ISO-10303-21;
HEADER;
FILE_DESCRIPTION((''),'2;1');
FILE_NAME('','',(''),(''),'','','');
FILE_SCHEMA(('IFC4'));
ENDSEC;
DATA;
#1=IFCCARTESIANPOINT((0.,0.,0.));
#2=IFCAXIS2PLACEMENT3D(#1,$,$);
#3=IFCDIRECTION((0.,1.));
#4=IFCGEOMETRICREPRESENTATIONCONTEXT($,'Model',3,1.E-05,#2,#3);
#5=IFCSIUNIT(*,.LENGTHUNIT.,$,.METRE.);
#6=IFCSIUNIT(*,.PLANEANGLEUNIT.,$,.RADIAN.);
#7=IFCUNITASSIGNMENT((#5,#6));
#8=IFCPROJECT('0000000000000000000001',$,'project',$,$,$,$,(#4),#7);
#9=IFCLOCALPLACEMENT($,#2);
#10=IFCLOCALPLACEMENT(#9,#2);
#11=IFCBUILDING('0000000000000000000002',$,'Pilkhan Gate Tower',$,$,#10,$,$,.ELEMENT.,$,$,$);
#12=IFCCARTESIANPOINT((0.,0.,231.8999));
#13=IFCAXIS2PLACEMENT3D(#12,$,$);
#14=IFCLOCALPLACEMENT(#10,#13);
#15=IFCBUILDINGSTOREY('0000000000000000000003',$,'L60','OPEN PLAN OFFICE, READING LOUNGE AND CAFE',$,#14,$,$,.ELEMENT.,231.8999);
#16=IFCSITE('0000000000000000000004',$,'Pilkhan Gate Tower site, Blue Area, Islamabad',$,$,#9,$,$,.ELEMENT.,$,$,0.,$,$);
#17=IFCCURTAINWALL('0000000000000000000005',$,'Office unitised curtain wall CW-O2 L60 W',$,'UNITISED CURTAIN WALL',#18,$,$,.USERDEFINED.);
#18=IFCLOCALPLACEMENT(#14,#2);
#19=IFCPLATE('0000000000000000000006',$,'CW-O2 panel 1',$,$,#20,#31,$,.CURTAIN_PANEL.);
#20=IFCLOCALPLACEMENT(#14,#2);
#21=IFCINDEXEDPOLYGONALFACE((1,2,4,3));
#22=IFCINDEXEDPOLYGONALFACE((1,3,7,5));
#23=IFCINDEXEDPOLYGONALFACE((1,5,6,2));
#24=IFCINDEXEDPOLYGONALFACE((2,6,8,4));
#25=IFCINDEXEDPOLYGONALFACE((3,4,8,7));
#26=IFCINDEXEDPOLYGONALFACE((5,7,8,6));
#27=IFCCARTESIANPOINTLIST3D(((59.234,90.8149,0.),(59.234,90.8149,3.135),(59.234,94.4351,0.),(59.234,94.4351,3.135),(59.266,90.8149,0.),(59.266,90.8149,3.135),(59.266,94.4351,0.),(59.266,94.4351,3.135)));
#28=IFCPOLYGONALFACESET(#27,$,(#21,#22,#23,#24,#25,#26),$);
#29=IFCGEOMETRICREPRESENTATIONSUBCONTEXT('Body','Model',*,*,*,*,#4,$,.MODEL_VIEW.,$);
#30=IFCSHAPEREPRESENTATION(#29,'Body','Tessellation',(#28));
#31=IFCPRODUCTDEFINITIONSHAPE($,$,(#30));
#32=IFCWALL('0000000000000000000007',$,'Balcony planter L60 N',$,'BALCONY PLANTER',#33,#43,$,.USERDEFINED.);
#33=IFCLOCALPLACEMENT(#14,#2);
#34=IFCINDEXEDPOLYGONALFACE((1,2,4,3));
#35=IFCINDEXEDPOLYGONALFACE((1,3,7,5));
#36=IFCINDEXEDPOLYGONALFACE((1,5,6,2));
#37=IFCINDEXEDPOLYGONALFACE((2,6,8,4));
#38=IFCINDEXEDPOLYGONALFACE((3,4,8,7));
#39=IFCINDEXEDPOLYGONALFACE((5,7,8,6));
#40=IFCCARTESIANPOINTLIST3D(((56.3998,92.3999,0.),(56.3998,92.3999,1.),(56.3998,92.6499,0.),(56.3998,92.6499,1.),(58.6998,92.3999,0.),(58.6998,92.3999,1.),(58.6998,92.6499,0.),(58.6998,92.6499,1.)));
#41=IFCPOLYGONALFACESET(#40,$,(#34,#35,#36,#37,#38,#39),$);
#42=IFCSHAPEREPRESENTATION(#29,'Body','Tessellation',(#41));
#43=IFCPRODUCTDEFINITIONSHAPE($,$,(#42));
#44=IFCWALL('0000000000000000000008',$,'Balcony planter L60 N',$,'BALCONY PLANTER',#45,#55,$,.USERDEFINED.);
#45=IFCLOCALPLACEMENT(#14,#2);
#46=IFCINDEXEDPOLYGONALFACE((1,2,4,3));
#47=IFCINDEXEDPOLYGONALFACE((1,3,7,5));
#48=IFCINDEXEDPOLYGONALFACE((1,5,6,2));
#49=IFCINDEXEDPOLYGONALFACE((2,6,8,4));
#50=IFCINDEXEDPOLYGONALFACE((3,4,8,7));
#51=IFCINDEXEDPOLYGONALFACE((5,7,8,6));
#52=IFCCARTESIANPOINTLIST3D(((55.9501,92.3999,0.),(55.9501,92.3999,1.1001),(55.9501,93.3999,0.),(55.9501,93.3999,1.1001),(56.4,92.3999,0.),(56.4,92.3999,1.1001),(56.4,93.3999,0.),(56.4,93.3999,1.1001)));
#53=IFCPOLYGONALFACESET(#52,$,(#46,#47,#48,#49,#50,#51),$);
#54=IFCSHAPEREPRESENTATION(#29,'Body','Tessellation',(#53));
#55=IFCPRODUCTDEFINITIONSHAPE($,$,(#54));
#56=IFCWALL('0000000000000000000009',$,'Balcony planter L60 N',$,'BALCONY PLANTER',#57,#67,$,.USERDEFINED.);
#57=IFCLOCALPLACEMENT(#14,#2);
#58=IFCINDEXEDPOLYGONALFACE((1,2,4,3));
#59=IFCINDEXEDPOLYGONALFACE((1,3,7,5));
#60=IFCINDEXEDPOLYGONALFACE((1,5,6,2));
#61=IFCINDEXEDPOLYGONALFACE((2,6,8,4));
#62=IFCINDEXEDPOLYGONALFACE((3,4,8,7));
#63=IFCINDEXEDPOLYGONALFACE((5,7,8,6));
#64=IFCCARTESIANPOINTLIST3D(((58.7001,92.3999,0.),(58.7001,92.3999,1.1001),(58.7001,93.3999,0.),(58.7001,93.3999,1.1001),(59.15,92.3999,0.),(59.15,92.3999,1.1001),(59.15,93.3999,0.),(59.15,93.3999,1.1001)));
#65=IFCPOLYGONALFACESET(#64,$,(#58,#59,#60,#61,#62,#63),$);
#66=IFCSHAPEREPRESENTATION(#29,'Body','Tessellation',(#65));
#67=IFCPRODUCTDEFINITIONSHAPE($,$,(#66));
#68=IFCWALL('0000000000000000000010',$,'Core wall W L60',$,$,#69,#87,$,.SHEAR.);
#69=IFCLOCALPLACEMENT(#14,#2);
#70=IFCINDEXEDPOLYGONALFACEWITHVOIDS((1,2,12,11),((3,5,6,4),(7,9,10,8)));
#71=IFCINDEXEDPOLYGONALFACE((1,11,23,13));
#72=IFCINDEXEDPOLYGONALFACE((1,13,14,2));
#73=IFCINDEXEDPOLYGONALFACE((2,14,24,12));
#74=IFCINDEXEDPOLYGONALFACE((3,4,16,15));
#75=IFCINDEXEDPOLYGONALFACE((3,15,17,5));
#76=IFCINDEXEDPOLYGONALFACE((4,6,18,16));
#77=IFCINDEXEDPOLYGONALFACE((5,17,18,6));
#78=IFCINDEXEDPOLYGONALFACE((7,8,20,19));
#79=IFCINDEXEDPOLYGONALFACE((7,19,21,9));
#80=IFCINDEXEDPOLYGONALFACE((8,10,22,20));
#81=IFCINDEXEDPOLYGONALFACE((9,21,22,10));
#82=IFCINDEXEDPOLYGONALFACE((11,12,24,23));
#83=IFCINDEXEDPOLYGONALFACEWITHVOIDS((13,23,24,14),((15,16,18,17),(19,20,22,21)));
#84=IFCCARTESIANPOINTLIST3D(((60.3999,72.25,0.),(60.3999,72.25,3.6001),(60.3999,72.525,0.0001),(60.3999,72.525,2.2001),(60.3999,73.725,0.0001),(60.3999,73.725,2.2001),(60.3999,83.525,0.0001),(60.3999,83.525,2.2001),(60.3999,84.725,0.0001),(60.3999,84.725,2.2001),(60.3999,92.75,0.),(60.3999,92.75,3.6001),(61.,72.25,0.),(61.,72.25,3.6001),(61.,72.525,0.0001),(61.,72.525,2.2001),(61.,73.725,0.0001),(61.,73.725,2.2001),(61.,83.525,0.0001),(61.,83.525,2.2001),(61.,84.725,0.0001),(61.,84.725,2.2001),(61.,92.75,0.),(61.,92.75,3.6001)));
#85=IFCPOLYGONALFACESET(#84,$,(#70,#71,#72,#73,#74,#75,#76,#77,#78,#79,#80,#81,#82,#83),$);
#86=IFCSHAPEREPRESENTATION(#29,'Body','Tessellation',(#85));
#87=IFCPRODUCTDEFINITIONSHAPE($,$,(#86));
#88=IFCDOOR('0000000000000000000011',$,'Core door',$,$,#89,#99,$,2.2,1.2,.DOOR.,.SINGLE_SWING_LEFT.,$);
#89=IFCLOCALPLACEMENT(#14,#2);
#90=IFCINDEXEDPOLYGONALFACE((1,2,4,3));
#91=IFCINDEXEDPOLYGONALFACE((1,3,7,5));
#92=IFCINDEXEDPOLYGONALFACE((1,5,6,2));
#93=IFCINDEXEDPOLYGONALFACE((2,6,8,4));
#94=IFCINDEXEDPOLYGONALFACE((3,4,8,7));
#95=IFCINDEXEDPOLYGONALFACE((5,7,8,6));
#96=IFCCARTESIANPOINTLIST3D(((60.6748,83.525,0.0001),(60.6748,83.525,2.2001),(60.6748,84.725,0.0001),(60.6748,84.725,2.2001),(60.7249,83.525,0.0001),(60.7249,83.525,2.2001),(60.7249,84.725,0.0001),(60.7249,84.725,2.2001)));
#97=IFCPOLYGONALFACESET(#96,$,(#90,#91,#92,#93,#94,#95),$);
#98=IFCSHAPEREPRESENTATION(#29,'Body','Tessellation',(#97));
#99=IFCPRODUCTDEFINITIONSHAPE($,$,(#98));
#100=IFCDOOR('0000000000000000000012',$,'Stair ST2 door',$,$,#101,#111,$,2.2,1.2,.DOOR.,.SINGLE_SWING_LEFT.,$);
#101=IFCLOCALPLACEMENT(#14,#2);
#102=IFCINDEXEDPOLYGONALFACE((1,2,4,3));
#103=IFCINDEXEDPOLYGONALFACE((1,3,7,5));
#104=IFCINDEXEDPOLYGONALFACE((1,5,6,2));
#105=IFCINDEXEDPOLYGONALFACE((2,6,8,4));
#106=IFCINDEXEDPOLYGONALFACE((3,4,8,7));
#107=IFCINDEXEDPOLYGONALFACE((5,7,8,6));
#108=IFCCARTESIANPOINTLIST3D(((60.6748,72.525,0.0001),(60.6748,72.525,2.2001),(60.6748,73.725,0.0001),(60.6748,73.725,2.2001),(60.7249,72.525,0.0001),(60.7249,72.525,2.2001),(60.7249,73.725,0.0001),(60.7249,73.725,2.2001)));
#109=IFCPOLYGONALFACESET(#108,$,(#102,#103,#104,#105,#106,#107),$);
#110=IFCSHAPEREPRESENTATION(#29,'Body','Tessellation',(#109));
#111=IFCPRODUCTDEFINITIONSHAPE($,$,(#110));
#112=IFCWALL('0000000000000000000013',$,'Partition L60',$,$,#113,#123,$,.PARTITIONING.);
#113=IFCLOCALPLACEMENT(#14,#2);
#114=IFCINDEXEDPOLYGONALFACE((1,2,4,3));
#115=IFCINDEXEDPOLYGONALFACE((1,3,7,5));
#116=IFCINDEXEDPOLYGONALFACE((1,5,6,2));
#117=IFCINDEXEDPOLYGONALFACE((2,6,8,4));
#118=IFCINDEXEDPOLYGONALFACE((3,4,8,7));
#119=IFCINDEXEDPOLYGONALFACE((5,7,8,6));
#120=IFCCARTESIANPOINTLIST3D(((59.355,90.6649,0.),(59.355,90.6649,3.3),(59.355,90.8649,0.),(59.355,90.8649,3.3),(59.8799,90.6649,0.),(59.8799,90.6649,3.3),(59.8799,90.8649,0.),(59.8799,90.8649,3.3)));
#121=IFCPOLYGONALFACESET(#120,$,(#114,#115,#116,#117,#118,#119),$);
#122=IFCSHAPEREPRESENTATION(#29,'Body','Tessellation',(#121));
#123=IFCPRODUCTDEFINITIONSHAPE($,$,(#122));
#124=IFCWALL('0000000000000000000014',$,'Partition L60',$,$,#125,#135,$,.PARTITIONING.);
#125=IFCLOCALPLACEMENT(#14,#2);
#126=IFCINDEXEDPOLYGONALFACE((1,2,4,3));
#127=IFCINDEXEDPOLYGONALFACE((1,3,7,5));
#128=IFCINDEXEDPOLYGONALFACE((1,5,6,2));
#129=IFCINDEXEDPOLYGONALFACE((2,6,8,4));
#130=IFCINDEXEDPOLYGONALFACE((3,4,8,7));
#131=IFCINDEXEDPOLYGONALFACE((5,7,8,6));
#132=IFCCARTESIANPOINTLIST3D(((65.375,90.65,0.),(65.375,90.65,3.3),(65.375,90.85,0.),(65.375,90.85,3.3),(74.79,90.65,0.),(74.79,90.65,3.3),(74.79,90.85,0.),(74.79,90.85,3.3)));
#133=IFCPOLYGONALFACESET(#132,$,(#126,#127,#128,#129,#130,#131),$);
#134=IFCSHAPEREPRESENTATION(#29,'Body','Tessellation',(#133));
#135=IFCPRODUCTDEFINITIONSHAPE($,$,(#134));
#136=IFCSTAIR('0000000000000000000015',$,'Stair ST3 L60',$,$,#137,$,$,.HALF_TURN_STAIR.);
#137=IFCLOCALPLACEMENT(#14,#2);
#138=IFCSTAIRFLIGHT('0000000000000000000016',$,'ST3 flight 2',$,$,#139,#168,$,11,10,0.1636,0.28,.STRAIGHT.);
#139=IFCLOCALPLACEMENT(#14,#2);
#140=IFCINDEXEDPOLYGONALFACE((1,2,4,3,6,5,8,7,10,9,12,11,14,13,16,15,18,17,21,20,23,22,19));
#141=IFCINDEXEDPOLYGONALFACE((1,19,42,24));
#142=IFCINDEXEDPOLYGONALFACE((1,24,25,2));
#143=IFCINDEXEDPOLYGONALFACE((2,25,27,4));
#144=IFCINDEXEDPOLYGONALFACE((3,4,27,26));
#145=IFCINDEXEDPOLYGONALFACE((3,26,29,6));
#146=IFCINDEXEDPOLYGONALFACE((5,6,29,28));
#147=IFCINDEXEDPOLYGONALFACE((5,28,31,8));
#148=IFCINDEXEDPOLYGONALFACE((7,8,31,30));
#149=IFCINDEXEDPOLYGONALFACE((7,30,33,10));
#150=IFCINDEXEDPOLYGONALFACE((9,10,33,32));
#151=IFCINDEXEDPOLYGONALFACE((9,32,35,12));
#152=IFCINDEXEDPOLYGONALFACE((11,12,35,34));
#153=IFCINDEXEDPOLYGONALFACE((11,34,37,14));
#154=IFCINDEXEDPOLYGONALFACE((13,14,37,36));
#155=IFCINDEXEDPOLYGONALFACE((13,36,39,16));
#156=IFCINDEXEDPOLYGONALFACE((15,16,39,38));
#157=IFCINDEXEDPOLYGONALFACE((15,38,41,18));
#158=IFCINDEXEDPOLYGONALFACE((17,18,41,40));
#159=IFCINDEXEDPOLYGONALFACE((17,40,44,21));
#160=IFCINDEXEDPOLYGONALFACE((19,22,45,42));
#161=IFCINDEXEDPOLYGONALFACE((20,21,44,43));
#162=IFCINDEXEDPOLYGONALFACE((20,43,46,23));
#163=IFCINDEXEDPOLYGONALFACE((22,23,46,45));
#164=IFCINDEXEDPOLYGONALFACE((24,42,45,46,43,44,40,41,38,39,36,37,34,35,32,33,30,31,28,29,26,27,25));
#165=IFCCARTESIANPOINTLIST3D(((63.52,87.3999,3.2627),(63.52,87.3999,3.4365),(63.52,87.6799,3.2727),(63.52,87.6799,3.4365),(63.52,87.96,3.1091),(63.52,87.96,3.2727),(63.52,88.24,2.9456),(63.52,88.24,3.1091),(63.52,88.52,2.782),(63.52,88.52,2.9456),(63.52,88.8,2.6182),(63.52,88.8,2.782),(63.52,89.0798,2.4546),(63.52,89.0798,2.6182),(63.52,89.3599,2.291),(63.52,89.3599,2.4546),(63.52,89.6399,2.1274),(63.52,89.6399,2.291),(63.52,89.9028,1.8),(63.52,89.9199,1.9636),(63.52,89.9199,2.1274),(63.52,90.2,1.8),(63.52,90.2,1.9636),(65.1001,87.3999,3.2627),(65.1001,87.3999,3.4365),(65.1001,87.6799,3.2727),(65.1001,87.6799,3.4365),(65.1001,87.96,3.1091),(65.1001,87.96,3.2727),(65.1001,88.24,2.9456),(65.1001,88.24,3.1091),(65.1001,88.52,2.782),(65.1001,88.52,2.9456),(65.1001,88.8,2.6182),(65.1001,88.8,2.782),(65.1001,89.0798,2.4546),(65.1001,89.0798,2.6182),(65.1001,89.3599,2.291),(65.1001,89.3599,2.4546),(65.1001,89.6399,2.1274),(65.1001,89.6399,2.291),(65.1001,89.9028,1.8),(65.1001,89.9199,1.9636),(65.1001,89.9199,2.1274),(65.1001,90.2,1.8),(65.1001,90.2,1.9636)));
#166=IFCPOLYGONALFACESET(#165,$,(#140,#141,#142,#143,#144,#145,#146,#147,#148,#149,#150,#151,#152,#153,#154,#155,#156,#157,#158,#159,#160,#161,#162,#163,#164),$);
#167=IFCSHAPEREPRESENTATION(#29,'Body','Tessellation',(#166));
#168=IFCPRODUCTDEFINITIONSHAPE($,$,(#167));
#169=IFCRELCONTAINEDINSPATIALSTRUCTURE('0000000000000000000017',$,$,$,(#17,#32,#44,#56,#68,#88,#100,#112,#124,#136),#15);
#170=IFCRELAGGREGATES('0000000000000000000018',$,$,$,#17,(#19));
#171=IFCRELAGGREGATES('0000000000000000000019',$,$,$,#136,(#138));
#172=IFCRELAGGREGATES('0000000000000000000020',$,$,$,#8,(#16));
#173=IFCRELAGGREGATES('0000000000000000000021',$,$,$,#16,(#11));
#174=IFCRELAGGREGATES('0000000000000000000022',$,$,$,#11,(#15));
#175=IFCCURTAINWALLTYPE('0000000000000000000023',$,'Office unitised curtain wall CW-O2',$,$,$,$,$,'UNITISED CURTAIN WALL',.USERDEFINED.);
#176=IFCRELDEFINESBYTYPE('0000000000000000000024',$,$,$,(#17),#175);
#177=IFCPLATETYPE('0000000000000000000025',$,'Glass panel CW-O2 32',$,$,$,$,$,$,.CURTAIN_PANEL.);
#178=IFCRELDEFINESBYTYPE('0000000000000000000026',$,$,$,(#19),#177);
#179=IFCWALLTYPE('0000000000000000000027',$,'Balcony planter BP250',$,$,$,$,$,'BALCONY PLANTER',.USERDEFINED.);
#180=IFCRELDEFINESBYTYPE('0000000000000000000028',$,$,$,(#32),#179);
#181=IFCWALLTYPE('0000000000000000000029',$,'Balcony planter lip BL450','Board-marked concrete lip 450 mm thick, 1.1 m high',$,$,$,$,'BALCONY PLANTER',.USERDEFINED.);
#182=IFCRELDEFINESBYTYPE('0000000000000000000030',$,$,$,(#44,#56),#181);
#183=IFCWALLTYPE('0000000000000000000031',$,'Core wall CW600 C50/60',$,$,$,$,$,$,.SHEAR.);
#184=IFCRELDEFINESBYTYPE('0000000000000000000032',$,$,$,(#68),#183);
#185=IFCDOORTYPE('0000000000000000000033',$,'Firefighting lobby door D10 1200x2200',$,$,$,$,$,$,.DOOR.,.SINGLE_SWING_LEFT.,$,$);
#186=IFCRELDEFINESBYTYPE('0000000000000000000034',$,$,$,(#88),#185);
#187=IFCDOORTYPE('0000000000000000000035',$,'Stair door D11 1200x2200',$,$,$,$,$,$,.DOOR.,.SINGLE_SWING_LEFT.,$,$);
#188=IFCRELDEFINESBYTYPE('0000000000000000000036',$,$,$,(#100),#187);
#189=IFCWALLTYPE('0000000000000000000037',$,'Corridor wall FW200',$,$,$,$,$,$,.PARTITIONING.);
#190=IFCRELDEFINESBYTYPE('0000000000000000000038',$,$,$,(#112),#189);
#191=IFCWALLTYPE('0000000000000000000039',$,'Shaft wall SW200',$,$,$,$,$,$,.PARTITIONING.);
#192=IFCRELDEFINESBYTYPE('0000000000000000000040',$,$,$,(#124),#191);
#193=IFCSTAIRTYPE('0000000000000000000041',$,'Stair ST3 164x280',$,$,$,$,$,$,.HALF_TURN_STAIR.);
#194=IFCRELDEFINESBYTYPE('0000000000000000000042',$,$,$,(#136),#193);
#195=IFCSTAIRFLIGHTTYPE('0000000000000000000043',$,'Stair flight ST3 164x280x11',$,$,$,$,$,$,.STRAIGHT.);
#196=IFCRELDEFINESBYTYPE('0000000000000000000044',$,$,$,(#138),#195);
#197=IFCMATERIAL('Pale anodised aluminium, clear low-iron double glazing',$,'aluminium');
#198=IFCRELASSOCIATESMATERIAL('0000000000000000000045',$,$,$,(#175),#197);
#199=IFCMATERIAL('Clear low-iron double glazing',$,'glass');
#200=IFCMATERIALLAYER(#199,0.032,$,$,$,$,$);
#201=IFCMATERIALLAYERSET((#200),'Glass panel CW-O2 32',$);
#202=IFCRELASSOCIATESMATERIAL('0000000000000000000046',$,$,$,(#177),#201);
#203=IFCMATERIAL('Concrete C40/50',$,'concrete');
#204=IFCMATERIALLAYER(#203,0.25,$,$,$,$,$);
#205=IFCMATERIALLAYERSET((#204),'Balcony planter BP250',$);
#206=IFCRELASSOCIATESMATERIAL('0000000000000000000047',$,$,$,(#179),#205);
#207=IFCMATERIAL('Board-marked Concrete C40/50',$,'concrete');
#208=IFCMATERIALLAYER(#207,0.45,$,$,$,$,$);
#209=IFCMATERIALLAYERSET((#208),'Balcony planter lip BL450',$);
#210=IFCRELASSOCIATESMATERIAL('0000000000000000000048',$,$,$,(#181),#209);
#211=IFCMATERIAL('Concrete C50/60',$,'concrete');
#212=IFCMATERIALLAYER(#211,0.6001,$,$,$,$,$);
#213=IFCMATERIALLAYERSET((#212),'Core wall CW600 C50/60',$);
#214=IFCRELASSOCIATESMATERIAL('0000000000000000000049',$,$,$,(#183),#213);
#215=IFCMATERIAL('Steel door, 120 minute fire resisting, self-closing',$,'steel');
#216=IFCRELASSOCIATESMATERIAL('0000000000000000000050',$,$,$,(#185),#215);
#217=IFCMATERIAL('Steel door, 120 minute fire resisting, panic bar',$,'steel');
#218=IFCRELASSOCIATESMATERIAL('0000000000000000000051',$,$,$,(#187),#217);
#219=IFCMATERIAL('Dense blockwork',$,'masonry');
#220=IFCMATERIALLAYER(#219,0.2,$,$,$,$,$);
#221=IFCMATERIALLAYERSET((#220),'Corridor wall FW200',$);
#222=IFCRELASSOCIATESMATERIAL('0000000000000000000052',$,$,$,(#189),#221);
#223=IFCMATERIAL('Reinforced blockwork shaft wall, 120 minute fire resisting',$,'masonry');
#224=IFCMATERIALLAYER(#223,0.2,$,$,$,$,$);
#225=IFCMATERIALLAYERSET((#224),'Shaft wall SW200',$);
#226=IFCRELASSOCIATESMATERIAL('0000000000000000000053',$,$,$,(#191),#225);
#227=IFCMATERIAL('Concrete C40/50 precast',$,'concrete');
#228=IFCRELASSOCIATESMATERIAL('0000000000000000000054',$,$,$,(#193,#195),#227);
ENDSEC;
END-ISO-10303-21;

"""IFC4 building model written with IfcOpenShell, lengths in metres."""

from ifc_helpers import new_model, si_unit, direction, frame, frame_2d, origin, origin_2d, place, context, subcontext, project, spatial, polyline, rectangle, outline, extrude, material, layer, layer_set, type_object, element, fill, aggregate, save


model = new_model("IFC4")

# Units and contexts
model_context = context("Model", 3, precision=1e-05, world=origin(), true_north=direction((0.0, 1.0)))
body_context = subcontext(model_context, "Body", "Model", "MODEL_VIEW")
ifc_project = project(units=[si_unit("LENGTHUNIT", "METRE"), si_unit("PLANEANGLEUNIT", "RADIAN")], contexts=[model_context])

# Site, building, storey
site_placement = place(None, origin())
site = spatial("IfcSite", under=ifc_project, at=site_placement, Name="Pilkhan Gate Tower site, Blue Area, Islamabad", CompositionType="ELEMENT", RefElevation=0.0)
building_placement = place(site_placement, origin())
building = spatial("IfcBuilding", under=site, at=building_placement, Name="Pilkhan Gate Tower", CompositionType="ELEMENT")
storey_placement = place(building_placement, frame((0.0, 0.0, 231.8999)))
storey = spatial("IfcBuildingStorey", under=building, at=storey_placement, Name="L60", Description="OPEN PLAN OFFICE, READING LOUNGE AND CAFE", CompositionType="ELEMENT", Elevation=231.8999)

# Shared definitions
ifc_material_1 = material(Name="Concrete C50/60", Category="concrete")

# Curtain wall
ifc_material_2 = material(Name="Pale anodised aluminium, clear low-iron double glazing", Category="aluminium")
curtain_wall_type = type_object("IfcCurtainWallType", Name="Office unitised curtain wall CW-O2", ElementType="UNITISED CURTAIN WALL", PredefinedType="USERDEFINED", material=ifc_material_2)
curtain_wall_1_placement = place(storey_placement, origin())
curtain_wall_1 = element("IfcCurtainWall", 1, at=curtain_wall_1_placement, inside=storey, type_object=curtain_wall_type, Name="Office unitised curtain wall CW-O2 L60 W", ObjectType="UNITISED CURTAIN WALL", PredefinedType="USERDEFINED")

# Plate
ifc_material_3 = material(Name="Clear low-iron double glazing", Category="glass")
ifc_layer_1 = layer(ifc_material_3, 0.032)
ifc_layer_set_1 = layer_set([ifc_layer_1], Name="Glass panel CW-O2 32")
plate_type = type_object("IfcPlateType", Name="Glass panel CW-O2 32", PredefinedType="CURTAIN_PANEL", material=ifc_layer_set_1)
plate_1_placement = place(storey_placement, frame((59.25, 92.625, 0.0), z_axis=(0.0, 0.0, 1.0), x_axis=(0.0, 1.0, 0.0)))
plate_1 = element("IfcPlate", 2, at=plate_1_placement, type_object=plate_type, Name="CW-O2 panel 1", PredefinedType="CURTAIN_PANEL", context=body_context, shape_type="SweptSolid", body=[
    extrude(rectangle(XDim=3.6201, YDim=0.032, at=origin_2d()), origin(), (0.0, 0.0, 1.0), 3.135),
])
aggregate(curtain_wall_1, [plate_1])

# Walls
ifc_material_4 = material(Name="Concrete C40/50", Category="concrete")
ifc_layer_2 = layer(ifc_material_4, 0.25)
ifc_layer_set_2 = layer_set([ifc_layer_2], Name="Balcony planter BP250")
wall_type_1 = type_object("IfcWallType", Name="Balcony planter BP250", ElementType="BALCONY PLANTER", PredefinedType="USERDEFINED", material=ifc_layer_set_2)
wall_1_placement = place(storey_placement, frame((56.3999, 92.5249, 0.0), z_axis=(0.0, 0.0, 1.0), x_axis=(1.0, 0.0, 0.0)))
element("IfcWall", 3, at=wall_1_placement, inside=storey, type_object=wall_type_1, Name="Balcony planter L60 N", ObjectType="BALCONY PLANTER", PredefinedType="USERDEFINED", context=body_context, shape_type="SweptSolid", body=[
    extrude(rectangle(XDim=2.3, YDim=0.25, at=frame_2d((1.1499, 0.0))), origin(), (0.0, 0.0, 1.0), 1.0),
])
ifc_material_5 = material(Name="Board-marked Concrete C40/50", Category="concrete")
ifc_layer_3 = layer(ifc_material_5, 0.45)
ifc_layer_set_3 = layer_set([ifc_layer_3], Name="Balcony planter lip BL450")
wall_type_2 = type_object("IfcWallType", Name="Balcony planter lip BL450", Description="Board-marked concrete lip 450 mm thick, 1.1 m high", ElementType="BALCONY PLANTER", PredefinedType="USERDEFINED", material=ifc_layer_set_3)
for number, where, z_axis, x_axis, name in (
    (4, (56.175, 92.3999, 0.0), (0.0, 0.0, 1.0), (0.0, 1.0, 0.0), "Balcony planter L60 N"),
    (5, (58.925, 92.3999, 0.0), (0.0, 0.0, 1.0), (0.0, 1.0, 0.0), "Balcony planter L60 N"),
):
    element("IfcWall", number, at=place(storey_placement, frame(where, z_axis=z_axis, x_axis=x_axis)), inside=storey, type_object=wall_type_2, Name=name, ObjectType="BALCONY PLANTER", PredefinedType="USERDEFINED", context=body_context, shape_type="SweptSolid", body=[
        extrude(rectangle(XDim=1.0, YDim=0.45, at=frame_2d((0.5, 0.0))), origin(), (0.0, 0.0, 1.0), 1.1001),
    ])

# Wall, openings, doors
ifc_layer_4 = layer(ifc_material_1, 0.6001)
ifc_layer_set_4 = layer_set([ifc_layer_4], Name="Core wall CW600 C50/60")
wall_type_3 = type_object("IfcWallType", Name="Core wall CW600 C50/60", PredefinedType="SHEAR", material=ifc_layer_set_4)
wall_2_placement = place(storey_placement, frame((60.7, 92.75, 0.0), z_axis=(0.0, 0.0, 1.0), x_axis=(0.0, -1.0, 0.0)))
wall_2 = element("IfcWall", 6, at=wall_2_placement, inside=storey, type_object=wall_type_3, Name="Core wall W L60", PredefinedType="SHEAR", context=body_context, shape_type="SweptSolid", body=[
    extrude(rectangle(XDim=20.5, YDim=0.6001, at=frame_2d((10.25, 0.0))), origin(), (0.0, 0.0, 1.0), 3.6001),
])
opening_1_placement = place(wall_2_placement, frame((19.0249, 0.0, 0.0)))
opening_1 = element("IfcOpeningElement", 7, at=opening_1_placement, cuts=wall_2, PredefinedType="OPENING", context=body_context, shape_type="SweptSolid", body=[
    extrude(rectangle(XDim=1.2, YDim=2.2, at=frame_2d((0.6001, 1.1001))), frame((0.0, 0.3101, 0.0), z_axis=(0.0, -1.0, 0.0), x_axis=(1.0, 0.0, 0.0)), (0.0, 0.0, 1.0), 0.6201),
])
opening_2_placement = place(wall_2_placement, frame((8.0249, 0.0, 0.0)))
opening_2 = element("IfcOpeningElement", 8, at=opening_2_placement, cuts=wall_2, PredefinedType="OPENING", context=body_context, shape_type="SweptSolid", body=[
    extrude(rectangle(XDim=1.2, YDim=2.2, at=frame_2d((0.6001, 1.1001))), frame((0.0, 0.3101, 0.0), z_axis=(0.0, -1.0, 0.0), x_axis=(1.0, 0.0, 0.0)), (0.0, 0.0, 1.0), 0.6201),
])
ifc_material_6 = material(Name="Steel door, 120 minute fire resisting, self-closing", Category="steel")
door_type_1 = type_object("IfcDoorType", Name="Firefighting lobby door D10 1200x2200", OperationType="SINGLE_SWING_LEFT", PredefinedType="DOOR", material=ifc_material_6)
door_1_placement = place(opening_2_placement, origin())
door_1 = element("IfcDoor", 9, at=door_1_placement, inside=storey, type_object=door_type_1, Name="Core door", OperationType="SINGLE_SWING_LEFT", OverallHeight=2.2, OverallWidth=1.2, PredefinedType="DOOR", context=body_context, shape_type="SweptSolid", body=[
    extrude(rectangle(XDim=1.2, YDim=2.2, at=frame_2d((0.6001, 1.1001))), frame((0.0, 0.0249, 0.0), z_axis=(0.0, -1.0, 0.0), x_axis=(1.0, 0.0, 0.0)), (0.0, 0.0, 1.0), 0.05),
])
fill(opening_2, door_1)
ifc_material_7 = material(Name="Steel door, 120 minute fire resisting, panic bar", Category="steel")
door_type_2 = type_object("IfcDoorType", Name="Stair door D11 1200x2200", OperationType="SINGLE_SWING_LEFT", PredefinedType="DOOR", material=ifc_material_7)
door_2_placement = place(opening_1_placement, origin())
door_2 = element("IfcDoor", 10, at=door_2_placement, inside=storey, type_object=door_type_2, Name="Stair ST2 door", OperationType="SINGLE_SWING_LEFT", OverallHeight=2.2, OverallWidth=1.2, PredefinedType="DOOR", context=body_context, shape_type="SweptSolid", body=[
    extrude(rectangle(XDim=1.2, YDim=2.2, at=frame_2d((0.6001, 1.1001))), frame((0.0, 0.0249, 0.0), z_axis=(0.0, -1.0, 0.0), x_axis=(1.0, 0.0, 0.0)), (0.0, 0.0, 1.0), 0.05),
])
fill(opening_1, door_2)

# Wall
ifc_material_8 = material(Name="Dense blockwork", Category="masonry")
ifc_layer_5 = layer(ifc_material_8, 0.2)
ifc_layer_set_5 = layer_set([ifc_layer_5], Name="Corridor wall FW200")
wall_type_4 = type_object("IfcWallType", Name="Corridor wall FW200", PredefinedType="PARTITIONING", material=ifc_layer_set_5)
wall_3_placement = place(storey_placement, frame((59.355, 90.7649, 0.0), z_axis=(0.0, 0.0, 1.0), x_axis=(1.0, 0.0, 0.0)))
element("IfcWall", 11, at=wall_3_placement, inside=storey, type_object=wall_type_4, Name="Partition L60", PredefinedType="PARTITIONING", context=body_context, shape_type="SweptSolid", body=[
    extrude(rectangle(XDim=0.5249, YDim=0.2, at=frame_2d((0.2625, 0.0))), origin(), (0.0, 0.0, 1.0), 3.3),
])

# Wall
ifc_material_9 = material(Name="Reinforced blockwork shaft wall, 120 minute fire resisting", Category="masonry")
ifc_layer_6 = layer(ifc_material_9, 0.2)
ifc_layer_set_6 = layer_set([ifc_layer_6], Name="Shaft wall SW200")
wall_type_5 = type_object("IfcWallType", Name="Shaft wall SW200", PredefinedType="PARTITIONING", material=ifc_layer_set_6)
wall_4_placement = place(storey_placement, frame((65.375, 90.75, 0.0), z_axis=(0.0, 0.0, 1.0), x_axis=(1.0, 0.0, 0.0)))
element("IfcWall", 12, at=wall_4_placement, inside=storey, type_object=wall_type_5, Name="Partition L60", PredefinedType="PARTITIONING", context=body_context, shape_type="SweptSolid", body=[
    extrude(rectangle(XDim=9.415, YDim=0.2, at=frame_2d((4.7075, 0.0))), origin(), (0.0, 0.0, 1.0), 3.3),
])

# Stair, stair flight
ifc_material_10 = material(Name="Concrete C40/50 precast", Category="concrete")
stair_type = type_object("IfcStairType", Name="Stair ST3 164x280", PredefinedType="HALF_TURN_STAIR", material=ifc_material_10)
stair_placement = place(storey_placement, origin())
stair = element("IfcStair", 13, at=stair_placement, inside=storey, type_object=stair_type, Name="Stair ST3 L60", PredefinedType="HALF_TURN_STAIR")
stair_flight_type = type_object("IfcStairFlightType", Name="Stair flight ST3 164x280x11", PredefinedType="STRAIGHT", material=ifc_material_10)
stair_flight_placement = place(storey_placement, frame((64.3101, 90.2, 1.8), z_axis=(0.0, 0.0, 1.0), x_axis=(0.0, -1.0, 0.0)))
stair_flight = element("IfcStairFlight", 14, at=stair_flight_placement, type_object=stair_flight_type, Name="ST3 flight 2", NumberOfRisers=11, NumberOfTreads=10, PredefinedType="STRAIGHT", RiserHeight=0.1636, TreadLength=0.28, context=body_context, shape_type="SweptSolid", body=[
    extrude(outline(polyline([(0.0, 0.0), (0.0, 0.1636), (0.28, 0.1636), (0.28, 0.3274), (0.5601, 0.3274), (0.5601, 0.491), (0.8401, 0.491), (0.8401, 0.6545), (1.1201, 0.6545), (1.1201, 0.8181), (1.3999, 0.8181), (1.3999, 0.9819), (1.6799, 0.9819), (1.6799, 1.1455), (1.96, 1.1455), (1.96, 1.3091), (2.24, 1.3091), (2.24, 1.4727), (2.52, 1.4727), (2.52, 1.6365), (2.8, 1.6365), (2.8, 1.8), (2.8, 1.4626), (0.2971, 0.0), (0.0, 0.0)])), frame((0.0, 0.79, 0.0), z_axis=(0.0, -1.0, 0.0), x_axis=(1.0, 0.0, 0.0)), (0.0, 0.0, 1.0), 1.5801),
])
aggregate(stair, [stair_flight])

save(model, "model.ifc")
